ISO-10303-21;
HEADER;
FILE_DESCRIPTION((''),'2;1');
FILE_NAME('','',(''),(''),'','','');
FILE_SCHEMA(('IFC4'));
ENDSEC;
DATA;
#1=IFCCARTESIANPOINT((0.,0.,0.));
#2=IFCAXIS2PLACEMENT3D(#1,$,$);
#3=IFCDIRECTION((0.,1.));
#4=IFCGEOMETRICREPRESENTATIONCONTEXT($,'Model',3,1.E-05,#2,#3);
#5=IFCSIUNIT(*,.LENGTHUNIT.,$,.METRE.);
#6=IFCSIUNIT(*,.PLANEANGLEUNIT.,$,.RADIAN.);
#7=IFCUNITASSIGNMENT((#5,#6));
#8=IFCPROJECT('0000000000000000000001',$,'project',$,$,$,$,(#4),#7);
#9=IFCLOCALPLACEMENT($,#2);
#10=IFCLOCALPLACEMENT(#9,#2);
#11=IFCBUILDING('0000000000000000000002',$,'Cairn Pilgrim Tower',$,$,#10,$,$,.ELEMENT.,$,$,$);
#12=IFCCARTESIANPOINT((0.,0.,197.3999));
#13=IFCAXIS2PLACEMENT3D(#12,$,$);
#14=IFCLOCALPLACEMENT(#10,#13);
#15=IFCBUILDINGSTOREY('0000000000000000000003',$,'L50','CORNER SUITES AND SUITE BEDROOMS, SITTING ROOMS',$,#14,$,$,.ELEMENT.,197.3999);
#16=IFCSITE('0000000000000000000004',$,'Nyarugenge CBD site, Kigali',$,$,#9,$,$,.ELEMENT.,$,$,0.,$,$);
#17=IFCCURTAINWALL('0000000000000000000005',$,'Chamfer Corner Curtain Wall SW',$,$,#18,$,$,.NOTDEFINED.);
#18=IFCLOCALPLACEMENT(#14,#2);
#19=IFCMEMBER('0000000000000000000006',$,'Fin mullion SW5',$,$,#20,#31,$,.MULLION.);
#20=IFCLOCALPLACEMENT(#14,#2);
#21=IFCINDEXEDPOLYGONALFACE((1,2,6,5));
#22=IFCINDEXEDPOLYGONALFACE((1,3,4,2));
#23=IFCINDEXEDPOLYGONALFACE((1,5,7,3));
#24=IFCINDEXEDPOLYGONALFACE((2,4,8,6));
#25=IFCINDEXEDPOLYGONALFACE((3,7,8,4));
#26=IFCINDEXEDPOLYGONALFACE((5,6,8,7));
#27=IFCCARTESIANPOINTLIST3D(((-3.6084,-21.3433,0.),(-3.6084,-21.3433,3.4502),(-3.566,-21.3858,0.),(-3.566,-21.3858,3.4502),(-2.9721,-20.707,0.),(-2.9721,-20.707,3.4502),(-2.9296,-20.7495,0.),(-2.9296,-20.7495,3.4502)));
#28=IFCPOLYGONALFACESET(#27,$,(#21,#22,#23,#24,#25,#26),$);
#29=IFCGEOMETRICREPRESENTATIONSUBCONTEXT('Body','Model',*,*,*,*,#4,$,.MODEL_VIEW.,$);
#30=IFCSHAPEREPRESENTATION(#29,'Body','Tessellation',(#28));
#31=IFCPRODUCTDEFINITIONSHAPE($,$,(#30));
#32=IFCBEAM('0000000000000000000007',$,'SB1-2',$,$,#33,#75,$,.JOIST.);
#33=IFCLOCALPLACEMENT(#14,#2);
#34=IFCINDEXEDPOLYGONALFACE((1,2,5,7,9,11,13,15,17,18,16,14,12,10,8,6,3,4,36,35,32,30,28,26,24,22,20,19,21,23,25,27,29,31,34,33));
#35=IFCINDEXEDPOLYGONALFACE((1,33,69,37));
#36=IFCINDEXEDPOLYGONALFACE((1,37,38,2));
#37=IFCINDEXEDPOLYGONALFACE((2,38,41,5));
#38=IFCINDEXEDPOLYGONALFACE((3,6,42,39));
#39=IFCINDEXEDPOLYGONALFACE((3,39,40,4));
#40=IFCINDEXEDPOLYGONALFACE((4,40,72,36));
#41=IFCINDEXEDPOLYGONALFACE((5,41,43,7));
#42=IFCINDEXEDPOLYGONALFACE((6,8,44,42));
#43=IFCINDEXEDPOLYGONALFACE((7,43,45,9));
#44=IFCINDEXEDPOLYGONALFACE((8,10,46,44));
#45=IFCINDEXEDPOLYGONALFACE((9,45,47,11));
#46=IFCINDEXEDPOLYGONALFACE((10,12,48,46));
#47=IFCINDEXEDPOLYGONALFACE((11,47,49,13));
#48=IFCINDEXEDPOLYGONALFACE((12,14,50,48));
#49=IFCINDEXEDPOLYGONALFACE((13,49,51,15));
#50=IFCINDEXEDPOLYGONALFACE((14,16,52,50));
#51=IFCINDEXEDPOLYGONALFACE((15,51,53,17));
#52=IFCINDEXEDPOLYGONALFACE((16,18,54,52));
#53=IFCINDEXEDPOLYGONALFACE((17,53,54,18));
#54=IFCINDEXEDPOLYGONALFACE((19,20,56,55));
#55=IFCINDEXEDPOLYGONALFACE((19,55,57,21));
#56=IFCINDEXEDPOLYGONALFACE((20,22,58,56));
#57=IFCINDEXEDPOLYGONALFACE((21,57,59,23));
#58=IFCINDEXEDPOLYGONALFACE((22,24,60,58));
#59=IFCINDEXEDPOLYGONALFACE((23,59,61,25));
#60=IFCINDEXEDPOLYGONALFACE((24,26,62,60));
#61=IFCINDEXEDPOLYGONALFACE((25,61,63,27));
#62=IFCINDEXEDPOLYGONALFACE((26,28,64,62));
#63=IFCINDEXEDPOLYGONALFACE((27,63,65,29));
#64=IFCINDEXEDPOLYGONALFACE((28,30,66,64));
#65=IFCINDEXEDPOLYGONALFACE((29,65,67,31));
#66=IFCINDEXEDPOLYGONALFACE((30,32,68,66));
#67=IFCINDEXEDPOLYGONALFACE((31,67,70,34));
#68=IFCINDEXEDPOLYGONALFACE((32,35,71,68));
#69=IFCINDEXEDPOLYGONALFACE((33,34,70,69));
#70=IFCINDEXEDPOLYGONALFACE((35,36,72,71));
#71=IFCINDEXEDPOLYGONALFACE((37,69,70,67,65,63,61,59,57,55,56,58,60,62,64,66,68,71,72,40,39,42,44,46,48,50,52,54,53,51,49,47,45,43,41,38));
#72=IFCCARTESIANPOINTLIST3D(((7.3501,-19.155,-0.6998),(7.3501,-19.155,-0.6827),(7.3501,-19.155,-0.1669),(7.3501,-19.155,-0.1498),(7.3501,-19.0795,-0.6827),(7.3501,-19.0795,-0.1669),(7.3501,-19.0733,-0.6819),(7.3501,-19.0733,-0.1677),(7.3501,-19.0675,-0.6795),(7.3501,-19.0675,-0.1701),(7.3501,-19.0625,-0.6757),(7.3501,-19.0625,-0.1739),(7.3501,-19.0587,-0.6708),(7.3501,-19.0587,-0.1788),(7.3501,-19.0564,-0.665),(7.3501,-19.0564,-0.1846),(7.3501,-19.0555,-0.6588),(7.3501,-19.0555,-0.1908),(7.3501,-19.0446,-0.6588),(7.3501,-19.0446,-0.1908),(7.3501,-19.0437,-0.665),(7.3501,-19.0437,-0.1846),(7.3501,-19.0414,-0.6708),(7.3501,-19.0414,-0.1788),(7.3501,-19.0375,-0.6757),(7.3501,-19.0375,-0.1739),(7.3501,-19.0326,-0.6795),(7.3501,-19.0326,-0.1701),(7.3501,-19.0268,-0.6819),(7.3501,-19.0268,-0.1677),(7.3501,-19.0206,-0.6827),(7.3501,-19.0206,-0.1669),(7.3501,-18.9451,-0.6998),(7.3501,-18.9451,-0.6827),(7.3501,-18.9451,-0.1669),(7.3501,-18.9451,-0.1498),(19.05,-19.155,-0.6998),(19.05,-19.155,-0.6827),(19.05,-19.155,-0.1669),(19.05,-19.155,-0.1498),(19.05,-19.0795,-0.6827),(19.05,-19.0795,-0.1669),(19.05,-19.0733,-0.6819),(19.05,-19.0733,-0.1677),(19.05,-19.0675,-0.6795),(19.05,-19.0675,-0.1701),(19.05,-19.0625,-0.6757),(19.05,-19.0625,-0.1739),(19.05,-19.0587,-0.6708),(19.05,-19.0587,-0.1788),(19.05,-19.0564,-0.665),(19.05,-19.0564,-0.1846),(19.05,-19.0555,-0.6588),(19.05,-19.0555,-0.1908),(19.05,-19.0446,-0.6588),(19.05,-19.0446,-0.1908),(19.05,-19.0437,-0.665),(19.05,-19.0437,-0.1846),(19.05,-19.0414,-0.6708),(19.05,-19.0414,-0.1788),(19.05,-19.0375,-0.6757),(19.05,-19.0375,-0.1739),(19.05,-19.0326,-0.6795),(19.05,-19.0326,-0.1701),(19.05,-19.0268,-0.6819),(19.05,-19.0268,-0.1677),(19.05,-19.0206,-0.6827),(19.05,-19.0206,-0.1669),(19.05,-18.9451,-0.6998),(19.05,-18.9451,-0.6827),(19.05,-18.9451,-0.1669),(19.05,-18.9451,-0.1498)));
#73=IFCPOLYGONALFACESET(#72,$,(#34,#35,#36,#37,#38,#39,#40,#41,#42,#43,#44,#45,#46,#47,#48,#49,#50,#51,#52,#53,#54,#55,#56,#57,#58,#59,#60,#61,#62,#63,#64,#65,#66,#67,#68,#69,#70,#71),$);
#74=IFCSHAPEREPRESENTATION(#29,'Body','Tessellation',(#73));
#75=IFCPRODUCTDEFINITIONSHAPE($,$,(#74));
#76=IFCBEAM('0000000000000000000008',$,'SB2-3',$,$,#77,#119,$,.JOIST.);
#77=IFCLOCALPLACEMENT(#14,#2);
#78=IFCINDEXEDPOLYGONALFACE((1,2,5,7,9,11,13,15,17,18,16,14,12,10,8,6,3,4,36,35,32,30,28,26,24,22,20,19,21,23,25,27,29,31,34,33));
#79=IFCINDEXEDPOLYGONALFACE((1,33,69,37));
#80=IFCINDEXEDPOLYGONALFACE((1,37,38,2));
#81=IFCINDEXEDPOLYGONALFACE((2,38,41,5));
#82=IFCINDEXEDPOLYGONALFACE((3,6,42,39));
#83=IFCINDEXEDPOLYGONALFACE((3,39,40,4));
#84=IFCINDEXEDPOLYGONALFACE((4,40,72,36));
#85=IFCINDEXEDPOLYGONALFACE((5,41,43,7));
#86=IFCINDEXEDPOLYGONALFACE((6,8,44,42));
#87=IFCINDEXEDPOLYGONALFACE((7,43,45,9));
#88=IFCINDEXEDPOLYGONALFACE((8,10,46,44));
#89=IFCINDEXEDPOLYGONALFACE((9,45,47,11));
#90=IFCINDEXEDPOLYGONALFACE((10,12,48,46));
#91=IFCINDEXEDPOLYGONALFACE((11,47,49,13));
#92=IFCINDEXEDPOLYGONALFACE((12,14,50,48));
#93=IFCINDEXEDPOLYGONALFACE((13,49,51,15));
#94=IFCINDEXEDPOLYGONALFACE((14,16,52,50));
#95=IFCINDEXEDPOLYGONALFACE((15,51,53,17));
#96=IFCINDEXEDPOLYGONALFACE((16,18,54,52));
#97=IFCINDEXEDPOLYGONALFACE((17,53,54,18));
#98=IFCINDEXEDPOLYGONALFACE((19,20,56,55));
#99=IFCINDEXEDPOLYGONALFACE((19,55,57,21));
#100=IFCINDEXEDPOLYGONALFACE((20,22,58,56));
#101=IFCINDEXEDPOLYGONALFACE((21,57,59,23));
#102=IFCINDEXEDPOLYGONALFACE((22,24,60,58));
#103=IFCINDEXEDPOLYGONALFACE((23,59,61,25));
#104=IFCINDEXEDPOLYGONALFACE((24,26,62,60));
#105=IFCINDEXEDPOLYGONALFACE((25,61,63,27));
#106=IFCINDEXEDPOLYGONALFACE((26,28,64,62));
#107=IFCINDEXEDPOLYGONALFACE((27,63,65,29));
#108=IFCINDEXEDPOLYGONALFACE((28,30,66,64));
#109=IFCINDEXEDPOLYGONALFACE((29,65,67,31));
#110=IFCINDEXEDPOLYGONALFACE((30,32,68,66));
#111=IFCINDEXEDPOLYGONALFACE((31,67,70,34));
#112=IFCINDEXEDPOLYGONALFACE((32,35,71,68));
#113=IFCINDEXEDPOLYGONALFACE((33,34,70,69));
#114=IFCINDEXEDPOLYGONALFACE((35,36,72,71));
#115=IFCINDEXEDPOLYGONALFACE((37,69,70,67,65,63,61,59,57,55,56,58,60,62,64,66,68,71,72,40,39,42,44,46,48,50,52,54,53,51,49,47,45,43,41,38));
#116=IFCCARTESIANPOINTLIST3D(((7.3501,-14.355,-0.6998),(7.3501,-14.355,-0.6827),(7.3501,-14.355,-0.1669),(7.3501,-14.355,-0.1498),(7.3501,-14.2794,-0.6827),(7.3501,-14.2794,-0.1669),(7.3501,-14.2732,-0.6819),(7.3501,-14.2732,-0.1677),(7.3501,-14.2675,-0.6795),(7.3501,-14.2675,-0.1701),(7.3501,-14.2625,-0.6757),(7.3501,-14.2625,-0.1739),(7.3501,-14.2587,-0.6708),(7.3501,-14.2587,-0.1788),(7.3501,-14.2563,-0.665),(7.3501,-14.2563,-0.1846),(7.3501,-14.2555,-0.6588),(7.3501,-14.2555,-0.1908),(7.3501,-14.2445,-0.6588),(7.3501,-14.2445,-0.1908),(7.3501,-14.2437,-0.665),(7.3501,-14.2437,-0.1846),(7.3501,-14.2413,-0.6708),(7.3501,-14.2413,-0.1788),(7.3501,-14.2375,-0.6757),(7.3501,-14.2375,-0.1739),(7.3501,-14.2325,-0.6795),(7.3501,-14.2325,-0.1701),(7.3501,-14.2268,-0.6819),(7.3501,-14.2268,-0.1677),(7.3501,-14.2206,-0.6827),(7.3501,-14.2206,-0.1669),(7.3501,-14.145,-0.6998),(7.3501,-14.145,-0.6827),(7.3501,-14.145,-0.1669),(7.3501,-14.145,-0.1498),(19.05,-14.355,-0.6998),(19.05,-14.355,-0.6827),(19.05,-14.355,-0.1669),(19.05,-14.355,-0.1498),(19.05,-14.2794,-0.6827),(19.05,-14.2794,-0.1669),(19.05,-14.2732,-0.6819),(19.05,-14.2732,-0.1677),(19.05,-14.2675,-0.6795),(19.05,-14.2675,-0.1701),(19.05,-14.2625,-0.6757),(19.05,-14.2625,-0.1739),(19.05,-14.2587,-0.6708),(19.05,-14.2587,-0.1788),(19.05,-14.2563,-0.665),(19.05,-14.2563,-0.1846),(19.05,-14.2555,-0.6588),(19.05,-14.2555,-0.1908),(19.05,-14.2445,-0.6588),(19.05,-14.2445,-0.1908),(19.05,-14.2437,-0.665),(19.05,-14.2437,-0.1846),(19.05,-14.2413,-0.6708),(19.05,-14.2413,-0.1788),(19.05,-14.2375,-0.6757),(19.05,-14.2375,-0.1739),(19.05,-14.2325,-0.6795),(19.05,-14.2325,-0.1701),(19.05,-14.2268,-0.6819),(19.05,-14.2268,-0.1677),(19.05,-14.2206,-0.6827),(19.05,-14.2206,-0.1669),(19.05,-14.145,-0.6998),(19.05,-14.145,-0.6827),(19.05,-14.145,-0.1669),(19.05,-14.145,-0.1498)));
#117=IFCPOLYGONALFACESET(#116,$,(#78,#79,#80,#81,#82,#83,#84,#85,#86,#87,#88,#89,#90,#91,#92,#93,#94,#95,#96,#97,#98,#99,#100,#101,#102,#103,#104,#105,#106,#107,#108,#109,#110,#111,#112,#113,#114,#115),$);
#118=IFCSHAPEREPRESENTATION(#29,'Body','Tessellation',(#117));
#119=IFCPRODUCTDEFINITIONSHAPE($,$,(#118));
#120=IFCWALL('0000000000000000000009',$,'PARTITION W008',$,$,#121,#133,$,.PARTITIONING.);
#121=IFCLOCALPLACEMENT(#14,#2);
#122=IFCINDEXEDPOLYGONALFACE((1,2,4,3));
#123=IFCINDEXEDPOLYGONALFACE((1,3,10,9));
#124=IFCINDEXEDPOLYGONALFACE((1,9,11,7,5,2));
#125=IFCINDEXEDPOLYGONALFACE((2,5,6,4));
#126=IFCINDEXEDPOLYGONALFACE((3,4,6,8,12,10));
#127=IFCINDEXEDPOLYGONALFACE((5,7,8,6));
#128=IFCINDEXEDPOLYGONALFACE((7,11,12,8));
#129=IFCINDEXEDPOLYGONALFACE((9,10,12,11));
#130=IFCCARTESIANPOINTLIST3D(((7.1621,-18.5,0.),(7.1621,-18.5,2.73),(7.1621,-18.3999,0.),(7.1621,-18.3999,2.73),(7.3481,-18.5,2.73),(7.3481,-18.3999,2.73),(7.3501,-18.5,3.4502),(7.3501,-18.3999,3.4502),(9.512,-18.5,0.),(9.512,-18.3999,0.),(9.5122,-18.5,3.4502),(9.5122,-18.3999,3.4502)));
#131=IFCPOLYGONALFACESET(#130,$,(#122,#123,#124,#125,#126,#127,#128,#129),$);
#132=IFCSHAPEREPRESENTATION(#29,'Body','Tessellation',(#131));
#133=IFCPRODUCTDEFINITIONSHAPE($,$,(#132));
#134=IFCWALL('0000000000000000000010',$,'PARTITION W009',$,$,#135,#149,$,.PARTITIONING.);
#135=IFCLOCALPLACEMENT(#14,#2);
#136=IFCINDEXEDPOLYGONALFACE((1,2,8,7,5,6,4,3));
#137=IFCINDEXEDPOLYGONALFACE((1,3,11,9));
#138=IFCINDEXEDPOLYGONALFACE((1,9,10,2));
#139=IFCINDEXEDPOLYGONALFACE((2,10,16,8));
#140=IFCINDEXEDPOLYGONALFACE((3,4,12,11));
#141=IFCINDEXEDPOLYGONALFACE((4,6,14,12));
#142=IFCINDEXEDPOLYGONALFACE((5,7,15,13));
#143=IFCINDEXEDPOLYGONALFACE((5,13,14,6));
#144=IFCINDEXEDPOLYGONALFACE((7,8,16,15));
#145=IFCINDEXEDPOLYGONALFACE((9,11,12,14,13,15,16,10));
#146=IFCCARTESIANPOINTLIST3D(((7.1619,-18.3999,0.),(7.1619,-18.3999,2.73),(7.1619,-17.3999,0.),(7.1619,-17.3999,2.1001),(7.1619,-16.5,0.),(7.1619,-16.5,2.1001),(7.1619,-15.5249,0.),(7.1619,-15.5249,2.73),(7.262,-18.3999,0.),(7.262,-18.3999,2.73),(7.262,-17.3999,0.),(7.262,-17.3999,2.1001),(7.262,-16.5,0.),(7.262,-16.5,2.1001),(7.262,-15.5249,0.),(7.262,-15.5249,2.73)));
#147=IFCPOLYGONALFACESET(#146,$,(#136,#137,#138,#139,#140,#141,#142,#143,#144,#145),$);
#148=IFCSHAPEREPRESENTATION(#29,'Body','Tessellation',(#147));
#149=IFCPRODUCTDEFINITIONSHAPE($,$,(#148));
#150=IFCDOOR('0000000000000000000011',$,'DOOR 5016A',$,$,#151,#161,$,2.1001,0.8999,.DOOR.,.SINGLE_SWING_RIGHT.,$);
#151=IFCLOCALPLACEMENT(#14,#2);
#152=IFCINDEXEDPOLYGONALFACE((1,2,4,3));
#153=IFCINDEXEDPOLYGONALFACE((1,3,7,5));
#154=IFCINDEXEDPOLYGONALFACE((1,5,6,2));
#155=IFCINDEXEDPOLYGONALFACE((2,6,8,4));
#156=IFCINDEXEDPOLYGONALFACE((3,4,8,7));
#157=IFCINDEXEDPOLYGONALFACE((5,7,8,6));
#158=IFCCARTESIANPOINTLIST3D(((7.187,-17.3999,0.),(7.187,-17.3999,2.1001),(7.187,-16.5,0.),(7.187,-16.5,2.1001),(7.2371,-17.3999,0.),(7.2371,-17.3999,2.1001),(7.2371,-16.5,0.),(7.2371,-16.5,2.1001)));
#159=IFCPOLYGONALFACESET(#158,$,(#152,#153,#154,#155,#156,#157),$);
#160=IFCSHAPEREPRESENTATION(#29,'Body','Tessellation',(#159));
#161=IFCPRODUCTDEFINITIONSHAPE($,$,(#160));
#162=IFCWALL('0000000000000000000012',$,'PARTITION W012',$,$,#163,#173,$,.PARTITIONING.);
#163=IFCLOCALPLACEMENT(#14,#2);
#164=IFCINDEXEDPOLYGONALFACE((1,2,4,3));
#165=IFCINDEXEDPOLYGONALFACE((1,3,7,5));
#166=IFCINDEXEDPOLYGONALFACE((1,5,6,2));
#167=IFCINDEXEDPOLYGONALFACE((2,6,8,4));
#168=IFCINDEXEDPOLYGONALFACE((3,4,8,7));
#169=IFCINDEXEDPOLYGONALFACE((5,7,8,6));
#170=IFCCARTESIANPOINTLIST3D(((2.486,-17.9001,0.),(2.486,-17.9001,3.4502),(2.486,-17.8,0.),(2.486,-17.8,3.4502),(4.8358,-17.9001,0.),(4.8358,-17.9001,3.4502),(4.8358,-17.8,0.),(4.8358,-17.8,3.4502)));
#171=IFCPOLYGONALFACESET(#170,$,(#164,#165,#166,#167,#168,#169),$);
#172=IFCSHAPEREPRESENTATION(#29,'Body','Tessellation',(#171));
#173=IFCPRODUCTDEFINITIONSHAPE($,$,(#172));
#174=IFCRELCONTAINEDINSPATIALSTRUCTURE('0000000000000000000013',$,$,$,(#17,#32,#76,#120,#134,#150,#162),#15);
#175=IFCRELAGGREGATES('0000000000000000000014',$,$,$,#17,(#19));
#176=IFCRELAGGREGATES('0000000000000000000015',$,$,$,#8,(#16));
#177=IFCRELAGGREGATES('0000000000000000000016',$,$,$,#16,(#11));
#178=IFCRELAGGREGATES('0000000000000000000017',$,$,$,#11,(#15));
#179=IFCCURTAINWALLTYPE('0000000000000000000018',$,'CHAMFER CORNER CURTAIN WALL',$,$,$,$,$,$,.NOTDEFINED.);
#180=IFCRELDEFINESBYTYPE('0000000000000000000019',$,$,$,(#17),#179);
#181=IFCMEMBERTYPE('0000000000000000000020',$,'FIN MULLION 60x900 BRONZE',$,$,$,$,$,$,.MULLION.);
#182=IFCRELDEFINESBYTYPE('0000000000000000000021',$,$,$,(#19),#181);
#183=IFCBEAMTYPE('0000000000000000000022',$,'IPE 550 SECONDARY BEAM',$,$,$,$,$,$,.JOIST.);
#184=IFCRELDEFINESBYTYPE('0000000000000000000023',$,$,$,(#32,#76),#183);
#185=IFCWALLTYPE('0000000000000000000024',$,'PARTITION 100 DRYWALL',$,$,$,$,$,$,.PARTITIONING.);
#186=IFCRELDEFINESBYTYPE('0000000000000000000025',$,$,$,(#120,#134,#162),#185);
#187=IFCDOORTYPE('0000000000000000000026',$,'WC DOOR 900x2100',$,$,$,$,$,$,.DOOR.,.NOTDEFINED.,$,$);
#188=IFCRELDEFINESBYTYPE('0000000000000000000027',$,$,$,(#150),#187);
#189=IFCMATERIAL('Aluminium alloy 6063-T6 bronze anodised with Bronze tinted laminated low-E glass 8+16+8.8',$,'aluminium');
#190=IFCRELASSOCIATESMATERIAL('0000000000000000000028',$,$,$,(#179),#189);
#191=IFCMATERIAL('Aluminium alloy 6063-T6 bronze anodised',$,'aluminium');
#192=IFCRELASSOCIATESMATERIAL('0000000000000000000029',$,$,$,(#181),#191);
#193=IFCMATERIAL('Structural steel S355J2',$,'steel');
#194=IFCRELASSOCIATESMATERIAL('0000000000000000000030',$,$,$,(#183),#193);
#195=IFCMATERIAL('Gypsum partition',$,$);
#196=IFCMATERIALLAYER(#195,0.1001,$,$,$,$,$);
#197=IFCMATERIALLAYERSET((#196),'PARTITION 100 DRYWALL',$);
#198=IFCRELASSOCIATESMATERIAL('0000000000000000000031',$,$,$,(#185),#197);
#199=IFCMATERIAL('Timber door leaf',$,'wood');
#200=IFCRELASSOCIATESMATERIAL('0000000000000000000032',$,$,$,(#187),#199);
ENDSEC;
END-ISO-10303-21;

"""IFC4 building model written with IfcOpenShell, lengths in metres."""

from ifc_helpers import new_model, si_unit, direction, frame, frame_2d, origin, origin_2d, place, context, subcontext, project, spatial, polyline, rectangle, i_section, outline, extrude, material, layer, layer_set, material_profile, profile_set, type_object, element, fill, aggregate, save


model = new_model("IFC4")

# Units and contexts
model_context = context("Model", 3, precision=1e-05, world=origin(), true_north=direction((0.0, 1.0)))
body_context = subcontext(model_context, "Body", "Model", "MODEL_VIEW")
ifc_project = project(units=[si_unit("LENGTHUNIT", "METRE"), si_unit("PLANEANGLEUNIT", "RADIAN")], contexts=[model_context])

# Site, building, storey
site_placement = place(None, origin())
site = spatial("IfcSite", under=ifc_project, at=site_placement, Name="Nyarugenge CBD site, Kigali", CompositionType="ELEMENT", RefElevation=0.0)
building_placement = place(site_placement, origin())
building = spatial("IfcBuilding", under=site, at=building_placement, Name="Cairn Pilgrim Tower", CompositionType="ELEMENT")
storey_placement = place(building_placement, frame((0.0, 0.0, 197.3999)))
storey = spatial("IfcBuildingStorey", under=building, at=storey_placement, Name="L50", Description="CORNER SUITES AND SUITE BEDROOMS, SITTING ROOMS", CompositionType="ELEMENT", Elevation=197.3999)

# Curtain wall, member
ifc_material_1 = material(Name="Aluminium alloy 6063-T6 bronze anodised with Bronze tinted laminated low-E glass 8+16+8.8", Category="aluminium")
curtain_wall_type = type_object("IfcCurtainWallType", Name="CHAMFER CORNER CURTAIN WALL", PredefinedType="NOTDEFINED", material=ifc_material_1)
curtain_wall_placement = place(storey_placement, origin())
curtain_wall = element("IfcCurtainWall", 1, at=curtain_wall_placement, inside=storey, type_object=curtain_wall_type, Name="Chamfer Corner Curtain Wall SW", PredefinedType="NOTDEFINED")
ifc_material_2 = material(Name="Aluminium alloy 6063-T6 bronze anodised", Category="aluminium")
ifc_material_profile_1 = material_profile(ifc_material_2, rectangle(XDim=0.8999, YDim=0.0601, at=origin_2d()), Name="FIN MULLION 60x900 BRONZE")
ifc_profile_set_1 = profile_set([ifc_material_profile_1], Name="Aluminium alloy 6063-T6 bronze anodised")
member_type = type_object("IfcMemberType", Name="FIN MULLION 60x900 BRONZE", PredefinedType="MULLION", material=ifc_profile_set_1)
member_placement = place(storey_placement, frame((-3.269, -21.0464, 0.0), z_axis=(0.0, 0.0, 1.0), x_axis=(-0.707107, -0.707107, 0.0)))
member = element("IfcMember", 2, at=member_placement, type_object=member_type, Name="Fin mullion SW5", PredefinedType="MULLION", context=body_context, shape_type="SweptSolid", body=[
    extrude(rectangle(XDim=0.8999, YDim=0.0601, at=origin_2d()), origin(), (0.0, 0.0, 1.0), 3.4502),
])
aggregate(curtain_wall, [member])

# Beams
ifc_material_3 = material(Name="Structural steel S355J2", Category="steel")
ifc_material_profile_2 = material_profile(ifc_material_3, i_section(OverallWidth=0.21, OverallDepth=0.55, WebThickness=0.011, FlangeThickness=0.0171, FilletRadius=0.0239, at=origin_2d()), Name="IPE 550")
ifc_profile_set_2 = profile_set([ifc_material_profile_2], Name="Structural steel S355J2")
beam_type = type_object("IfcBeamType", Name="IPE 550 SECONDARY BEAM", PredefinedType="JOIST", material=ifc_profile_set_2)
for number, where, z_axis, x_axis, name in (
    (3, (7.3501, -19.05, -0.4248), (1.0, 0.0, 0.0), (0.0, 1.0, 0.0), "SB1-2"),
    (4, (7.3501, -14.25, -0.4248), (1.0, 0.0, 0.0), (0.0, 1.0, 0.0), "SB2-3"),
):
    element("IfcBeam", number, at=place(storey_placement, frame(where, z_axis=z_axis, x_axis=x_axis)), inside=storey, type_object=beam_type, Name=name, PredefinedType="JOIST", context=body_context, shape_type="SweptSolid", body=[
        extrude(i_section(OverallWidth=0.21, OverallDepth=0.55, WebThickness=0.011, FlangeThickness=0.0171, FilletRadius=0.0239, at=origin_2d()), origin(), (0.0, 0.0, 1.0), 11.7),
    ])

# Wall
ifc_material_4 = material(Name="Gypsum partition")
ifc_layer_1 = layer(ifc_material_4, 0.1001)
ifc_layer_set_1 = layer_set([ifc_layer_1], Name="PARTITION 100 DRYWALL")
wall_type_1 = type_object("IfcWallType", Name="PARTITION 100 DRYWALL", PredefinedType="PARTITIONING", material=ifc_layer_set_1)
wall_1_placement = place(storey_placement, frame((7.1621, -18.45, 0.0), z_axis=(0.0, 0.0, 1.0), x_axis=(1.0, 0.0, 0.0)))
element("IfcWall", 5, at=wall_1_placement, inside=storey, type_object=wall_type_1, Name="PARTITION W008", PredefinedType="PARTITIONING", context=body_context, shape_type="SweptSolid", body=[
    extrude(outline(polyline([(0.0, 0.0), (2.3499, 0.0), (2.3501, 3.4502), (0.188, 3.4502), (0.186, 2.73), (0.0, 2.73), (0.0, 0.0)])), frame((0.0, 0.05, 0.0), z_axis=(0.0, -1.0, 0.0), x_axis=(1.0, 0.0, 0.0)), (0.0, 0.0, 1.0), 0.1001),
])

# Wall, opening, door
wall_2_placement = place(storey_placement, frame((7.2119, -18.3999, 0.0), z_axis=(0.0, 0.0, 1.0), x_axis=(0.0, 1.0, 0.0)))
wall_2 = element("IfcWall", 6, at=wall_2_placement, inside=storey, type_object=wall_type_1, Name="PARTITION W009", PredefinedType="PARTITIONING", context=body_context, shape_type="SweptSolid", body=[
    extrude(rectangle(XDim=2.875, YDim=0.1001, at=frame_2d((1.4375, 0.0))), origin(), (0.0, 0.0, 1.0), 2.73),
])
opening_1_placement = place(wall_2_placement, frame((1.0, 0.0, 0.0)))
opening_1 = element("IfcOpeningElement", 7, at=opening_1_placement, cuts=wall_2, PredefinedType="OPENING", context=body_context, shape_type="SweptSolid", body=[
    extrude(rectangle(XDim=0.8999, YDim=2.1001, at=frame_2d((0.45, 1.05))), frame((0.0, 0.0601, 0.0), z_axis=(0.0, -1.0, 0.0), x_axis=(1.0, 0.0, 0.0)), (0.0, 0.0, 1.0), 0.1201),
])
ifc_material_5 = material(Name="Timber door leaf", Category="wood")
door_type_1 = type_object("IfcDoorType", Name="WC DOOR 900x2100", OperationType="NOTDEFINED", PredefinedType="DOOR", material=ifc_material_5)
door_1_placement = place(opening_1_placement, origin())
door_1 = element("IfcDoor", 8, at=door_1_placement, inside=storey, type_object=door_type_1, Name="DOOR 5016A", OperationType="SINGLE_SWING_RIGHT", OverallHeight=2.1001, OverallWidth=0.8999, PredefinedType="DOOR", context=body_context, shape_type="SweptSolid", body=[
    extrude(rectangle(XDim=0.8999, YDim=2.1001, at=frame_2d((0.45, 1.05))), frame((0.0, 0.0249, 0.0), z_axis=(0.0, -1.0, 0.0), x_axis=(1.0, 0.0, 0.0)), (0.0, 0.0, 1.0), 0.05),
])
fill(opening_1, door_1)

# Wall
wall_3_placement = place(storey_placement, frame((2.4861, -17.8501, 0.0), z_axis=(0.0, 0.0, 1.0), x_axis=(1.0, 0.0, 0.0)))
element("IfcWall", 9, at=wall_3_placement, inside=storey, type_object=wall_type_1, Name="PARTITION W012", PredefinedType="PARTITIONING", context=body_context, shape_type="SweptSolid", body=[
    extrude(rectangle(XDim=2.3499, YDim=0.1001, at=frame_2d((1.1748, 0.0))), origin(), (0.0, 0.0, 1.0), 3.4502),
])

save(model, "model.ifc")
